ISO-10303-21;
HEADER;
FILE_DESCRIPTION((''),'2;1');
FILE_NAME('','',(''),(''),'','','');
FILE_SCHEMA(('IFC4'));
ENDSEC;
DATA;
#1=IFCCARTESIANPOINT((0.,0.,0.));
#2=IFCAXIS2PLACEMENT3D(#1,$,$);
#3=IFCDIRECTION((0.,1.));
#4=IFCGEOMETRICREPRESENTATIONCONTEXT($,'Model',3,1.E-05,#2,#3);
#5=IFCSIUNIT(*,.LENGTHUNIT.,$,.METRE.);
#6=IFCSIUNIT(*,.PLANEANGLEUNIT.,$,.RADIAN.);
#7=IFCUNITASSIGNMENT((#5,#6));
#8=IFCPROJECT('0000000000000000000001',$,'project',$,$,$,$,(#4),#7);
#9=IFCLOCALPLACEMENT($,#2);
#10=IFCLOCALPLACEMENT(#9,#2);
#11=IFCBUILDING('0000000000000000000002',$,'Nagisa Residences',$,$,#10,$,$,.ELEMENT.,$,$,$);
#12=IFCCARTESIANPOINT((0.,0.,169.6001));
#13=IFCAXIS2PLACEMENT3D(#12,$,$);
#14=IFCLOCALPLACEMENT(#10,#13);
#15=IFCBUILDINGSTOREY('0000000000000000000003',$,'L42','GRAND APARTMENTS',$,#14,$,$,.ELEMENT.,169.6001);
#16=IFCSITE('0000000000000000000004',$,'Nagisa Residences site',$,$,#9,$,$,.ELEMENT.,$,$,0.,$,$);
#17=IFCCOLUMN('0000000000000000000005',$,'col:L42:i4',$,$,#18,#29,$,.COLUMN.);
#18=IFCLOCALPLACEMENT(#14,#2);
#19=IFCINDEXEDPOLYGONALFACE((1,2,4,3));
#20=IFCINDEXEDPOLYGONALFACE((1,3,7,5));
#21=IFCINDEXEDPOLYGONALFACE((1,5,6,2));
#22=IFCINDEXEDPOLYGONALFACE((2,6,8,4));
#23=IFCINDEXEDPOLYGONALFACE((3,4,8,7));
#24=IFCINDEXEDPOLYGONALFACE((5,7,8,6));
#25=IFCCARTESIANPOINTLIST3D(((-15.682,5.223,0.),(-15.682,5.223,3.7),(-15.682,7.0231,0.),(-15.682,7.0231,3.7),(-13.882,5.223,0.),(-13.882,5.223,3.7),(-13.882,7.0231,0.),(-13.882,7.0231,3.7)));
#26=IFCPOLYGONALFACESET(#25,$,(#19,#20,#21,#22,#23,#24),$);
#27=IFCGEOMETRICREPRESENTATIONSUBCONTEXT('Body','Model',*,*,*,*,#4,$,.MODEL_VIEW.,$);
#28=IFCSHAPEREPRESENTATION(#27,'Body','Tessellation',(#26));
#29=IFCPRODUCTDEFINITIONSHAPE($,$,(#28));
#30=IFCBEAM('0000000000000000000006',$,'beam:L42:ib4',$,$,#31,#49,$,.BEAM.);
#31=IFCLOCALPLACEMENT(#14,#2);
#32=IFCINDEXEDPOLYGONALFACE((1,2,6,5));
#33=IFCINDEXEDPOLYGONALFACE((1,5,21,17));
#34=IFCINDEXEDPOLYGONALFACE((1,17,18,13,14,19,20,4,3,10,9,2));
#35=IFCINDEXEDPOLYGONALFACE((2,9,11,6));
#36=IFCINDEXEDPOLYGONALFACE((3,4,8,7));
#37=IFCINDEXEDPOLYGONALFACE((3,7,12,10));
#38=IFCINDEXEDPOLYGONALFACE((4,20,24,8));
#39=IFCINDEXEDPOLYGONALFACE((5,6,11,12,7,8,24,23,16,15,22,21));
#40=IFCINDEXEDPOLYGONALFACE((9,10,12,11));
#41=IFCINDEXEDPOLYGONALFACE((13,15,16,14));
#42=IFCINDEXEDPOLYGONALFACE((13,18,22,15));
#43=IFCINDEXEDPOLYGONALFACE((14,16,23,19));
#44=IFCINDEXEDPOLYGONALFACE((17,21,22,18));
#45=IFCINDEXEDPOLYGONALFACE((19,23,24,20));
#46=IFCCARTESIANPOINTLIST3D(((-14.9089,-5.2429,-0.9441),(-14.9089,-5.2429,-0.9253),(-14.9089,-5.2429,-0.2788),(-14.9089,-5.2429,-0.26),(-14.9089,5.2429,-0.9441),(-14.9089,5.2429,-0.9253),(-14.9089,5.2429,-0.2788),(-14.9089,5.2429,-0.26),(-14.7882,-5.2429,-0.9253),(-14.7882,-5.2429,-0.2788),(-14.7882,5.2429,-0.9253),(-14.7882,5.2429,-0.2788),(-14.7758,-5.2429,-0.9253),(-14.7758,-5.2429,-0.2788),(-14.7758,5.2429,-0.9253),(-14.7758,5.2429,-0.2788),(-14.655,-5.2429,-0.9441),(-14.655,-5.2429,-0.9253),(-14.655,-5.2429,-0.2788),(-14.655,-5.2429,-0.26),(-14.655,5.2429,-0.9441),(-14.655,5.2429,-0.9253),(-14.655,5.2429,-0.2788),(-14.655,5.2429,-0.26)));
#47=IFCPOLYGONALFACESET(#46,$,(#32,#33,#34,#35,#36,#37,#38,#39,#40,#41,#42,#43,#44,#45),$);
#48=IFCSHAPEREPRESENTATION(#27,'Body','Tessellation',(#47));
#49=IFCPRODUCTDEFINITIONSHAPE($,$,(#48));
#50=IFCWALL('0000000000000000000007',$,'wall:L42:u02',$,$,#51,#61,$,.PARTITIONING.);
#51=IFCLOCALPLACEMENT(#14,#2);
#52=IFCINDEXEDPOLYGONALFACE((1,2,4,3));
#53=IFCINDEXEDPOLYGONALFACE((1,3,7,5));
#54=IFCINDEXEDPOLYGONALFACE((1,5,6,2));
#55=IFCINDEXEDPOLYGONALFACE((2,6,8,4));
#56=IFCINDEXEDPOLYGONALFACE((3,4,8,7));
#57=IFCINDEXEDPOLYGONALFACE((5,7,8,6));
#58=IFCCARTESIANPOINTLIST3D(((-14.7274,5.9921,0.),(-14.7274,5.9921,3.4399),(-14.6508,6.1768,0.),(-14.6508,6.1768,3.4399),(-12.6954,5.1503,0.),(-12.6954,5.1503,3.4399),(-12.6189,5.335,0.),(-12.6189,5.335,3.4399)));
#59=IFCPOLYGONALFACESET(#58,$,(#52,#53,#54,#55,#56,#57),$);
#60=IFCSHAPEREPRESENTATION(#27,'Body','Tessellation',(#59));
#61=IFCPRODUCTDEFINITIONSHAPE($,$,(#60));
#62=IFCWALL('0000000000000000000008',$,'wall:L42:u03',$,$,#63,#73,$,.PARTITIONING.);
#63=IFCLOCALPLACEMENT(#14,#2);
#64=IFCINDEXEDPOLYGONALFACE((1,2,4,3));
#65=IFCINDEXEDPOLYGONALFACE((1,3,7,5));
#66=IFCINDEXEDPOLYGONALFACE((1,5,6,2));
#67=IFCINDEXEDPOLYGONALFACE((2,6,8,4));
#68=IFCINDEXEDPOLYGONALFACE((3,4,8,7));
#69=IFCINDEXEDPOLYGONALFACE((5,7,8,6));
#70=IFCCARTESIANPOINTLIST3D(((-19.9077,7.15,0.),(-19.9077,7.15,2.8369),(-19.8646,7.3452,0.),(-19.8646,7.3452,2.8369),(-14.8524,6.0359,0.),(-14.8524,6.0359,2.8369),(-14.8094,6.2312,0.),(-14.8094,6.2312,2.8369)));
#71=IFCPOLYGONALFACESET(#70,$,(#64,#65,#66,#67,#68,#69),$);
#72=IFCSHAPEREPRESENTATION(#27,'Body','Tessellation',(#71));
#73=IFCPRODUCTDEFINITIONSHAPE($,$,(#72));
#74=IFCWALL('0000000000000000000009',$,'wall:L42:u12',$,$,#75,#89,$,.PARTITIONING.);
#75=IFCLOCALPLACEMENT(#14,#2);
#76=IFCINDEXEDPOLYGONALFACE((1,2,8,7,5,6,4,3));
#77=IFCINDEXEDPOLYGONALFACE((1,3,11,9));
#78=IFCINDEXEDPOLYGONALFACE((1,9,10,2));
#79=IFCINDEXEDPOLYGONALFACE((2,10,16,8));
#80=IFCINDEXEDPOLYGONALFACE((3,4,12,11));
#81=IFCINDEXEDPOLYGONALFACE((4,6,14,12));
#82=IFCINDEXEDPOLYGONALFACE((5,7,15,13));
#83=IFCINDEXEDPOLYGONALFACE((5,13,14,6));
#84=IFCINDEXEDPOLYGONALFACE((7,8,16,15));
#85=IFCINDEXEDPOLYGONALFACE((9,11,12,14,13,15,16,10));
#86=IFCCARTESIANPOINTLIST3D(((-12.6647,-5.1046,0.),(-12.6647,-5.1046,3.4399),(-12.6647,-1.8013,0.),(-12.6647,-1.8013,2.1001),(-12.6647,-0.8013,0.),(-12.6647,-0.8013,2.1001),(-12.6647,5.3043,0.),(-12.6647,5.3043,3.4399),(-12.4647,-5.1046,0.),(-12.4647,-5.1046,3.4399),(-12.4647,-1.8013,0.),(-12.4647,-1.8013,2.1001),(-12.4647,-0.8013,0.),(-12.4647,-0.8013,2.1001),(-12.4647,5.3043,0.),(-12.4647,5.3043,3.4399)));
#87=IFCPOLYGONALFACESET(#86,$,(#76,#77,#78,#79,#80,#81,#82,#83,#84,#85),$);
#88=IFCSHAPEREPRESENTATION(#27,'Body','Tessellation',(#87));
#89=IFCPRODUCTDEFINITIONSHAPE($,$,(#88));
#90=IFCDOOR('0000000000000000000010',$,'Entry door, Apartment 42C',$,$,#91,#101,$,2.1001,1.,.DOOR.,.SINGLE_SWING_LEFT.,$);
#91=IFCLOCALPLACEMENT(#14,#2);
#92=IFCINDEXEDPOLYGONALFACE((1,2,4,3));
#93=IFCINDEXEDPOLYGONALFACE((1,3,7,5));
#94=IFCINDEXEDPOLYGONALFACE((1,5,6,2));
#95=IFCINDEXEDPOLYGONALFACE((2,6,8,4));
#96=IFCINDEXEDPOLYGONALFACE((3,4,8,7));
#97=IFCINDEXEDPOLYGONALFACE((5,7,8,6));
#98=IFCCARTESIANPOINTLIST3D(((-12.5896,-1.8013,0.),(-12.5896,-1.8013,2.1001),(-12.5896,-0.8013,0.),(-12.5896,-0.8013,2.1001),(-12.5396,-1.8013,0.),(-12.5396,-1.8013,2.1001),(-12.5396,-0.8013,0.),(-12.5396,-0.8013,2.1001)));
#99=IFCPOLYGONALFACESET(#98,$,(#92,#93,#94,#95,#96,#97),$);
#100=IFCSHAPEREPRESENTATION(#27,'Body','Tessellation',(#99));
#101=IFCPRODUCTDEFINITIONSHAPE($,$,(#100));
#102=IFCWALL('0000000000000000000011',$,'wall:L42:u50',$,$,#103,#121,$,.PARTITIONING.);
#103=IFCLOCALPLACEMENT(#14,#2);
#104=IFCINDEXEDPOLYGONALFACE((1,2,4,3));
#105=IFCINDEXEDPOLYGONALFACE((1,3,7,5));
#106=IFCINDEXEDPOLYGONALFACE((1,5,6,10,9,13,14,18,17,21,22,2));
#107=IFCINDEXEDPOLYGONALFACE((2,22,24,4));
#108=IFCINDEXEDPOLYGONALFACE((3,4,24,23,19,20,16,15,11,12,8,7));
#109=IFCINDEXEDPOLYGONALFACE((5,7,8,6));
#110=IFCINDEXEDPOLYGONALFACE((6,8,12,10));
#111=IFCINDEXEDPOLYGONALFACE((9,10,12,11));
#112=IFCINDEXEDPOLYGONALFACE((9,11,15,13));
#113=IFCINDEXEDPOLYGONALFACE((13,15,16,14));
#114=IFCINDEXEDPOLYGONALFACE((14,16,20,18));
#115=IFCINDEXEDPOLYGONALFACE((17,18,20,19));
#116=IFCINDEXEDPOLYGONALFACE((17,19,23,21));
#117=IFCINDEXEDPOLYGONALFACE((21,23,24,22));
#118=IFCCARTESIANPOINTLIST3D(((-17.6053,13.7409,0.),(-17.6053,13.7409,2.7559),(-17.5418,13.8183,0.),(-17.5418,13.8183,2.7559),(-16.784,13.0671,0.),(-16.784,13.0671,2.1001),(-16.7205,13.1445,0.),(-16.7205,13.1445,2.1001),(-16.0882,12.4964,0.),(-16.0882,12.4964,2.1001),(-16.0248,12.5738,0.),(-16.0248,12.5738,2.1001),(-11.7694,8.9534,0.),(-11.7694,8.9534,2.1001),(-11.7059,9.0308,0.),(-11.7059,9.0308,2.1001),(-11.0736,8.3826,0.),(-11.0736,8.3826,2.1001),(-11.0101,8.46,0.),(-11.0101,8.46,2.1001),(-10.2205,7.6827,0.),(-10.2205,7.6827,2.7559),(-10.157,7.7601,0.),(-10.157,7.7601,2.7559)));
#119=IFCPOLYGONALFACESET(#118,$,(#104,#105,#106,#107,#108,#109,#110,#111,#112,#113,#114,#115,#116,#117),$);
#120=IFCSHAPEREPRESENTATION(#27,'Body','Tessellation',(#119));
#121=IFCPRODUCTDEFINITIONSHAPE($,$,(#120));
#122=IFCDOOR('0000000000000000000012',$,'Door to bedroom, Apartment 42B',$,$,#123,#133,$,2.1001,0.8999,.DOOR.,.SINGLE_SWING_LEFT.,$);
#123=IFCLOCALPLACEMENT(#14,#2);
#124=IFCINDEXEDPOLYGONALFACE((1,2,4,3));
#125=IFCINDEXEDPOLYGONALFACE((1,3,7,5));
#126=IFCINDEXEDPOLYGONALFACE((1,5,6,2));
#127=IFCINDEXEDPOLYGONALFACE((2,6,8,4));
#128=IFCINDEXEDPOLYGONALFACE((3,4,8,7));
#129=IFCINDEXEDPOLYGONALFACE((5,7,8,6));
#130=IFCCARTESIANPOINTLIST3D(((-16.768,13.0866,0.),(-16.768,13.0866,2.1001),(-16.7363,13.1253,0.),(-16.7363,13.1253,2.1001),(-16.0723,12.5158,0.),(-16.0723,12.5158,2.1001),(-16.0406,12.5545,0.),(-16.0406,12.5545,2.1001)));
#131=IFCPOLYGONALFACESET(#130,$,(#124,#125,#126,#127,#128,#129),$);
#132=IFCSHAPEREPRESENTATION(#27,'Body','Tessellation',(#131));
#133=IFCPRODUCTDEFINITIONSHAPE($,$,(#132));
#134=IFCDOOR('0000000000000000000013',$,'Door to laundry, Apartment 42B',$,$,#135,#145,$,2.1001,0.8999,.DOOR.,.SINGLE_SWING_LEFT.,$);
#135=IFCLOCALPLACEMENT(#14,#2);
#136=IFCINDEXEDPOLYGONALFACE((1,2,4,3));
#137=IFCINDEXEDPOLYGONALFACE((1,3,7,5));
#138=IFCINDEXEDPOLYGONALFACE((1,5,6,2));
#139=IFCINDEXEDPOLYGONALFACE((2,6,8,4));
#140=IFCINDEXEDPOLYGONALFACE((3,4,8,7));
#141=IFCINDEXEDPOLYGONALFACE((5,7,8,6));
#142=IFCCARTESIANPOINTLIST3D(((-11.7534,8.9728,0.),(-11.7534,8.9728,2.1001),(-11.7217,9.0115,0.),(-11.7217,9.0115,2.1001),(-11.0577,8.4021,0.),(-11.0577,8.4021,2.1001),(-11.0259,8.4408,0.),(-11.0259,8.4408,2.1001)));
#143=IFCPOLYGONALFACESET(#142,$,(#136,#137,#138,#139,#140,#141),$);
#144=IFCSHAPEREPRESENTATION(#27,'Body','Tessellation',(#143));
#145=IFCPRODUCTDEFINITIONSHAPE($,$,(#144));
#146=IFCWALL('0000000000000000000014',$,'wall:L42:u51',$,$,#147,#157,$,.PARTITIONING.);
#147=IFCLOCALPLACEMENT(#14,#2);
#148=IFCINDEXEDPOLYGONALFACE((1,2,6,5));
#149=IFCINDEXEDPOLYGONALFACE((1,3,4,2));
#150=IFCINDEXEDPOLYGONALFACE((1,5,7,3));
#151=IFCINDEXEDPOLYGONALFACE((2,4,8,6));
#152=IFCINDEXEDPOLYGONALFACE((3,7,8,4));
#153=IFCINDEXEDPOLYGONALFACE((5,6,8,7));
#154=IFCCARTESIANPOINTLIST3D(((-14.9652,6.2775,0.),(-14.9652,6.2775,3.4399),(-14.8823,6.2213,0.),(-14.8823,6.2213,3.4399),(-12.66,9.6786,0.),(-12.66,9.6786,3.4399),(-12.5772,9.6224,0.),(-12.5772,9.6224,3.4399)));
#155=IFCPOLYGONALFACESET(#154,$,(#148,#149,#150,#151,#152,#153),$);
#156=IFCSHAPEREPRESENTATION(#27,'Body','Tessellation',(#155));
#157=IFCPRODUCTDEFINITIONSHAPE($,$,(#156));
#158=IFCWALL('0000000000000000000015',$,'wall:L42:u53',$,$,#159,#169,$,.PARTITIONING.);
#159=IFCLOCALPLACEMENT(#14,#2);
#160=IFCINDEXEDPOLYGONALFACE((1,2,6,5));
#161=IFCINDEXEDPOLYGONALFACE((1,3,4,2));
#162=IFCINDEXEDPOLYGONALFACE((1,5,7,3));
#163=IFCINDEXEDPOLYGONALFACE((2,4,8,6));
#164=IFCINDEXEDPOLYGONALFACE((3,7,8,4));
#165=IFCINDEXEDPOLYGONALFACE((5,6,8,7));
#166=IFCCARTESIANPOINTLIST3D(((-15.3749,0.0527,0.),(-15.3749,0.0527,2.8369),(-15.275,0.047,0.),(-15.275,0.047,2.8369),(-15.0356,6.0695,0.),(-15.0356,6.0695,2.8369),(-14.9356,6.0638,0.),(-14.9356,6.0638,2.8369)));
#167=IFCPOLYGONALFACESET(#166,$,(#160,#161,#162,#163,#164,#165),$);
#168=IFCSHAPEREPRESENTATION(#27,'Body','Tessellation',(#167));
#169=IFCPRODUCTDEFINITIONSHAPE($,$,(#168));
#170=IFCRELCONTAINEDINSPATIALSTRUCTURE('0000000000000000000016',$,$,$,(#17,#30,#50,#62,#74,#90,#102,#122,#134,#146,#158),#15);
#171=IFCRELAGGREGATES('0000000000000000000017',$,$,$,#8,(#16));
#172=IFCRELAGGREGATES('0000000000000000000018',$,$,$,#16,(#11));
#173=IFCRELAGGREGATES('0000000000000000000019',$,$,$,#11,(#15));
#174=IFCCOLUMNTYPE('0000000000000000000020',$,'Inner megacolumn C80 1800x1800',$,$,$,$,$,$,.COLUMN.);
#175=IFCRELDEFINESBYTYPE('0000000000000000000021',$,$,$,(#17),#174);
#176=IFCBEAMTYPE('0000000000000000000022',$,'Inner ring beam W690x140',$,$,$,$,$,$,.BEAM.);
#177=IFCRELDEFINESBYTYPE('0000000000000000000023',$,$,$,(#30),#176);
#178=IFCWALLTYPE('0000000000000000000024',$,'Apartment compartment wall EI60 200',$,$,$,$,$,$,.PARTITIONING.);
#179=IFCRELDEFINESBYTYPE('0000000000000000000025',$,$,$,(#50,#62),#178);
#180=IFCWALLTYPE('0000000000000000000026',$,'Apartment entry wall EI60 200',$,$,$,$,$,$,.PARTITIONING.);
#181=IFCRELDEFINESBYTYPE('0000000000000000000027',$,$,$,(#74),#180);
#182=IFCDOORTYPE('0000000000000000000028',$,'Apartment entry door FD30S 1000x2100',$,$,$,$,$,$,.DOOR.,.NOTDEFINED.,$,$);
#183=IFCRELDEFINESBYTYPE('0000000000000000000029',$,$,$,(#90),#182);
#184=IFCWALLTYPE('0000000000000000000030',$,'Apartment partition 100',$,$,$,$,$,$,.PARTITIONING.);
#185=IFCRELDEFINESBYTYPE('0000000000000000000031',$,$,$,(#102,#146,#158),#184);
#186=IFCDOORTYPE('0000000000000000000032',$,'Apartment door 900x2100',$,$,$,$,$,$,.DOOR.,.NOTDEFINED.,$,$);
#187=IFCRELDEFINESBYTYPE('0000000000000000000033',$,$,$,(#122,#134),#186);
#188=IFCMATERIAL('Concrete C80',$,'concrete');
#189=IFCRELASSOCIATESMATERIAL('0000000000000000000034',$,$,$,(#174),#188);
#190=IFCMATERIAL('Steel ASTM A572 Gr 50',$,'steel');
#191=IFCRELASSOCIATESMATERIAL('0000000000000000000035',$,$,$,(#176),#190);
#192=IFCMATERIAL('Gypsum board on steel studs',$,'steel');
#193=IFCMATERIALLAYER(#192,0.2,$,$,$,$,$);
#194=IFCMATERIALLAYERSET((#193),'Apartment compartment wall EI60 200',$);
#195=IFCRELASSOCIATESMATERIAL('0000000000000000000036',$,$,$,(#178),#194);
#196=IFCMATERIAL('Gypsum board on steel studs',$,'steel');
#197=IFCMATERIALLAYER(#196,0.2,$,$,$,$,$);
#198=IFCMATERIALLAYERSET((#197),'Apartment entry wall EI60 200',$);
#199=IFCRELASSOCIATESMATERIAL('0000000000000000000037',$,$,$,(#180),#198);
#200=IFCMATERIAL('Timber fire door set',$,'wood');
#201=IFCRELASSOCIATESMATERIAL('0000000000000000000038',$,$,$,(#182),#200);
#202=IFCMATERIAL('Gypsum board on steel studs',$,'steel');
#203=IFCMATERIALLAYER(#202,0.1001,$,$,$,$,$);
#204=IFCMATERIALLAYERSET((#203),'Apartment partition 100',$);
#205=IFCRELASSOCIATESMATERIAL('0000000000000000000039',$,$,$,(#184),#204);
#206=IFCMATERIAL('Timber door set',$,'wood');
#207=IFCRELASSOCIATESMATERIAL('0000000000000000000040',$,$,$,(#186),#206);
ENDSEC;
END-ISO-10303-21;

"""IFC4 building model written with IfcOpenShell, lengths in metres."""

from ifc_helpers import new_model, si_unit, direction, frame, frame_2d, origin, origin_2d, place, context, subcontext, project, spatial, rectangle, i_section, extrude, material, layer, layer_set, material_profile, profile_set, type_object, element, fill, save


model = new_model("IFC4")

# Units and contexts
model_context = context("Model", 3, precision=1e-05, world=origin(), true_north=direction((0.0, 1.0)))
body_context = subcontext(model_context, "Body", "Model", "MODEL_VIEW")
ifc_project = project(units=[si_unit("LENGTHUNIT", "METRE"), si_unit("PLANEANGLEUNIT", "RADIAN")], contexts=[model_context])

# Site, building, storey
site_placement = place(None, origin())
site = spatial("IfcSite", under=ifc_project, at=site_placement, Name="Nagisa Residences site", CompositionType="ELEMENT", RefElevation=0.0)
building_placement = place(site_placement, origin())
building = spatial("IfcBuilding", under=site, at=building_placement, Name="Nagisa Residences", CompositionType="ELEMENT")
storey_placement = place(building_placement, frame((0.0, 0.0, 169.6001)))
storey = spatial("IfcBuildingStorey", under=building, at=storey_placement, Name="L42", Description="GRAND APARTMENTS", CompositionType="ELEMENT", Elevation=169.6001)

# Column
ifc_material_1 = material(Name="Concrete C80", Category="concrete")
ifc_material_profile_1 = material_profile(ifc_material_1, rectangle(XDim=1.8, YDim=1.8, at=origin_2d()), Name="C80 1800x1800")
ifc_profile_set_1 = profile_set([ifc_material_profile_1], Name="Concrete C80")
column_type = type_object("IfcColumnType", Name="Inner megacolumn C80 1800x1800", PredefinedType="COLUMN", material=ifc_profile_set_1)
column_placement = place(storey_placement, frame((-14.782, 6.123, 0.0), z_axis=(0.0, 0.0, 1.0), x_axis=(1.0, 0.0, 0.0)))
element("IfcColumn", 1, at=column_placement, inside=storey, type_object=column_type, Name="col:L42:i4", PredefinedType="COLUMN", context=body_context, shape_type="SweptSolid", body=[
    extrude(rectangle(XDim=1.8, YDim=1.8, at=origin_2d()), origin(), (0.0, 0.0, 1.0), 3.7),
])

# Beam
ifc_material_2 = material(Name="Steel ASTM A572 Gr 50", Category="steel")
ifc_material_profile_2 = material_profile(ifc_material_2, i_section(OverallWidth=0.2539, OverallDepth=0.6841, WebThickness=0.0125, FlangeThickness=0.0188, at=origin_2d()), Name="W690x140")
ifc_profile_set_2 = profile_set([ifc_material_profile_2], Name="Steel ASTM A572 Gr 50")
beam_type = type_object("IfcBeamType", Name="Inner ring beam W690x140", PredefinedType="BEAM", material=ifc_profile_set_2)
beam_placement = place(storey_placement, frame((-14.782, 5.2429, -0.6021), z_axis=(0.0, -1.0, 0.0), x_axis=(1.0, 0.0, 0.0)))
element("IfcBeam", 2, at=beam_placement, inside=storey, type_object=beam_type, Name="beam:L42:ib4", PredefinedType="BEAM", context=body_context, shape_type="SweptSolid", body=[
    extrude(i_section(OverallWidth=0.2539, OverallDepth=0.6841, WebThickness=0.0125, FlangeThickness=0.0188, at=origin_2d()), origin(), (0.0, 0.0, 1.0), 10.4858),
])

# Walls
ifc_material_3 = material(Name="Gypsum board on steel studs", Category="steel")
ifc_layer_1 = layer(ifc_material_3, 0.2)
ifc_layer_set_1 = layer_set([ifc_layer_1], Name="Apartment compartment wall EI60 200")
wall_type_1 = type_object("IfcWallType", Name="Apartment compartment wall EI60 200", PredefinedType="PARTITIONING", material=ifc_layer_set_1)
wall_1_placement = place(storey_placement, frame((-12.6572, 5.2427, 0.0), z_axis=(0.0, 0.0, 1.0), x_axis=(-0.92386, 0.382731, 0.0)))
element("IfcWall", 3, at=wall_1_placement, inside=storey, type_object=wall_type_1, Name="wall:L42:u02", PredefinedType="PARTITIONING", context=body_context, shape_type="SweptSolid", body=[
    extrude(rectangle(XDim=2.1995, YDim=0.2, at=frame_2d((1.0996, 0.0))), origin(), (0.0, 0.0, 1.0), 3.4399),
])
wall_2_placement = place(storey_placement, frame((-14.8308, 6.1335, 0.0), z_axis=(0.0, 0.0, 1.0), x_axis=(-0.976568, 0.215207, 0.0)))
element("IfcWall", 4, at=wall_2_placement, inside=storey, type_object=wall_type_1, Name="wall:L42:u03", PredefinedType="PARTITIONING", context=body_context, shape_type="SweptSolid", body=[
    extrude(rectangle(XDim=5.1765, YDim=0.2, at=frame_2d((2.5884, 0.0))), origin(), (0.0, 0.0, 1.0), 2.8369),
])

# Wall, opening, door
ifc_material_4 = material(Name="Gypsum board on steel studs", Category="steel")
ifc_layer_2 = layer(ifc_material_4, 0.2)
ifc_layer_set_2 = layer_set([ifc_layer_2], Name="Apartment entry wall EI60 200")
wall_type_2 = type_object("IfcWallType", Name="Apartment entry wall EI60 200", PredefinedType="PARTITIONING", material=ifc_layer_set_2)
wall_3_placement = place(storey_placement, frame((-12.5647, 5.3044, 0.0), z_axis=(0.0, 0.0, 1.0), x_axis=(0.0, -1.0, 0.0)))
wall_3 = element("IfcWall", 5, at=wall_3_placement, inside=storey, type_object=wall_type_2, Name="wall:L42:u12", PredefinedType="PARTITIONING", context=body_context, shape_type="SweptSolid", body=[
    extrude(rectangle(XDim=10.4089, YDim=0.2, at=frame_2d((5.2046, 0.0))), origin(), (0.0, 0.0, 1.0), 3.4399),
])
opening_1_placement = place(wall_3_placement, frame((6.1057, 0.0, 0.0)))
opening_1 = element("IfcOpeningElement", 6, at=opening_1_placement, cuts=wall_3, PredefinedType="OPENING", context=body_context, shape_type="SweptSolid", body=[
    extrude(rectangle(XDim=1.0, YDim=2.1001, at=frame_2d((0.5, 1.05))), frame((0.0, 0.1099, 0.0), z_axis=(0.0, -1.0, 0.0), x_axis=(1.0, 0.0, 0.0)), (0.0, 0.0, 1.0), 0.22),
])
ifc_material_5 = material(Name="Timber fire door set", Category="wood")
door_type_1 = type_object("IfcDoorType", Name="Apartment entry door FD30S 1000x2100", OperationType="NOTDEFINED", PredefinedType="DOOR", material=ifc_material_5)
door_1_placement = place(opening_1_placement, frame((1.0, 0.0, 0.0), x_axis=(-1.0, 0.0, 0.0)))
door_1 = element("IfcDoor", 7, at=door_1_placement, inside=storey, type_object=door_type_1, Name="Entry door, Apartment 42C", OperationType="SINGLE_SWING_LEFT", OverallHeight=2.1001, OverallWidth=1.0, PredefinedType="DOOR", context=body_context, shape_type="SweptSolid", body=[
    extrude(rectangle(XDim=1.0, YDim=2.1001, at=frame_2d((0.5, 1.05))), frame((0.0, 0.0249, 0.0), z_axis=(0.0, -1.0, 0.0), x_axis=(1.0, 0.0, 0.0)), (0.0, 0.0, 1.0), 0.05),
])
fill(opening_1, door_1)

# Wall, openings, doors
ifc_material_6 = material(Name="Gypsum board on steel studs", Category="steel")
ifc_layer_3 = layer(ifc_material_6, 0.1001)
ifc_layer_set_3 = layer_set([ifc_layer_3], Name="Apartment partition 100")
wall_type_3 = type_object("IfcWallType", Name="Apartment partition 100", PredefinedType="PARTITIONING", material=ifc_layer_set_3)
wall_4_placement = place(storey_placement, frame((-10.1887, 7.7214, 0.0), z_axis=(0.0, 0.0, 1.0), x_axis=(-0.773134, 0.634242, 0.0)))
wall_4 = element("IfcWall", 8, at=wall_4_placement, inside=storey, type_object=wall_type_3, Name="wall:L42:u50", PredefinedType="PARTITIONING", context=body_context, shape_type="SweptSolid", body=[
    extrude(rectangle(XDim=9.5518, YDim=0.1001, at=frame_2d((4.7759, 0.0))), origin(), (0.0, 0.0, 1.0), 2.7559),
])
opening_2_placement = place(wall_4_placement, frame((7.5896, 0.0, 0.0)))
opening_2 = element("IfcOpeningElement", 9, at=opening_2_placement, cuts=wall_4, PredefinedType="OPENING", context=body_context, shape_type="SweptSolid", body=[
    extrude(rectangle(XDim=0.8999, YDim=2.1001, at=frame_2d((0.45, 1.05))), frame((0.0, 0.0601, 0.0), z_axis=(0.0, -1.0, 0.0), x_axis=(1.0, 0.0, 0.0)), (0.0, 0.0, 1.0), 0.1201),
])
opening_3_placement = place(wall_4_placement, frame((1.1035, 0.0, 0.0)))
opening_3 = element("IfcOpeningElement", 10, at=opening_3_placement, cuts=wall_4, PredefinedType="OPENING", context=body_context, shape_type="SweptSolid", body=[
    extrude(rectangle(XDim=0.8999, YDim=2.1001, at=frame_2d((0.45, 1.05))), frame((0.0, 0.0601, 0.0), z_axis=(0.0, -1.0, 0.0), x_axis=(1.0, 0.0, 0.0)), (0.0, 0.0, 1.0), 0.1201),
])
ifc_material_7 = material(Name="Timber door set", Category="wood")
door_type_2 = type_object("IfcDoorType", Name="Apartment door 900x2100", OperationType="NOTDEFINED", PredefinedType="DOOR", material=ifc_material_7)
door_2_placement = place(opening_2_placement, origin())
door_2 = element("IfcDoor", 11, at=door_2_placement, inside=storey, type_object=door_type_2, Name="Door to bedroom, Apartment 42B", OperationType="SINGLE_SWING_LEFT", OverallHeight=2.1001, OverallWidth=0.8999, PredefinedType="DOOR", context=body_context, shape_type="SweptSolid", body=[
    extrude(rectangle(XDim=0.8999, YDim=2.1001, at=frame_2d((0.45, 1.05))), frame((0.0, 0.0249, 0.0), z_axis=(0.0, -1.0, 0.0), x_axis=(1.0, 0.0, 0.0)), (0.0, 0.0, 1.0), 0.05),
])
fill(opening_2, door_2)
door_3_placement = place(opening_3_placement, origin())
door_3 = element("IfcDoor", 12, at=door_3_placement, inside=storey, type_object=door_type_2, Name="Door to laundry, Apartment 42B", OperationType="SINGLE_SWING_LEFT", OverallHeight=2.1001, OverallWidth=0.8999, PredefinedType="DOOR", context=body_context, shape_type="SweptSolid", body=[
    extrude(rectangle(XDim=0.8999, YDim=2.1001, at=frame_2d((0.45, 1.05))), frame((0.0, 0.0249, 0.0), z_axis=(0.0, -1.0, 0.0), x_axis=(1.0, 0.0, 0.0)), (0.0, 0.0, 1.0), 0.05),
])
fill(opening_3, door_3)

# Walls
wall_5_placement = place(storey_placement, frame((-12.6187, 9.6504, 0.0), z_axis=(0.0, 0.0, 1.0), x_axis=(-0.561047, -0.827784, 0.0)))
element("IfcWall", 13, at=wall_5_placement, inside=storey, type_object=wall_type_3, Name="wall:L42:u51", PredefinedType="PARTITIONING", context=body_context, shape_type="SweptSolid", body=[
    extrude(rectangle(XDim=4.1086, YDim=0.1001, at=frame_2d((2.0542, 0.0))), origin(), (0.0, 0.0, 1.0), 3.4399),
])
wall_6_placement = place(storey_placement, frame((-14.9856, 6.0667, 0.0), z_axis=(0.0, 0.0, 1.0), x_axis=(-0.056311, -0.998413, 0.0)))
element("IfcWall", 14, at=wall_6_placement, inside=storey, type_object=wall_type_3, Name="wall:L42:u53", PredefinedType="PARTITIONING", context=body_context, shape_type="SweptSolid", body=[
    extrude(rectangle(XDim=6.0264, YDim=0.1001, at=frame_2d((3.0132, 0.0))), origin(), (0.0, 0.0, 1.0), 2.8369),
])

save(model, "model.ifc")
